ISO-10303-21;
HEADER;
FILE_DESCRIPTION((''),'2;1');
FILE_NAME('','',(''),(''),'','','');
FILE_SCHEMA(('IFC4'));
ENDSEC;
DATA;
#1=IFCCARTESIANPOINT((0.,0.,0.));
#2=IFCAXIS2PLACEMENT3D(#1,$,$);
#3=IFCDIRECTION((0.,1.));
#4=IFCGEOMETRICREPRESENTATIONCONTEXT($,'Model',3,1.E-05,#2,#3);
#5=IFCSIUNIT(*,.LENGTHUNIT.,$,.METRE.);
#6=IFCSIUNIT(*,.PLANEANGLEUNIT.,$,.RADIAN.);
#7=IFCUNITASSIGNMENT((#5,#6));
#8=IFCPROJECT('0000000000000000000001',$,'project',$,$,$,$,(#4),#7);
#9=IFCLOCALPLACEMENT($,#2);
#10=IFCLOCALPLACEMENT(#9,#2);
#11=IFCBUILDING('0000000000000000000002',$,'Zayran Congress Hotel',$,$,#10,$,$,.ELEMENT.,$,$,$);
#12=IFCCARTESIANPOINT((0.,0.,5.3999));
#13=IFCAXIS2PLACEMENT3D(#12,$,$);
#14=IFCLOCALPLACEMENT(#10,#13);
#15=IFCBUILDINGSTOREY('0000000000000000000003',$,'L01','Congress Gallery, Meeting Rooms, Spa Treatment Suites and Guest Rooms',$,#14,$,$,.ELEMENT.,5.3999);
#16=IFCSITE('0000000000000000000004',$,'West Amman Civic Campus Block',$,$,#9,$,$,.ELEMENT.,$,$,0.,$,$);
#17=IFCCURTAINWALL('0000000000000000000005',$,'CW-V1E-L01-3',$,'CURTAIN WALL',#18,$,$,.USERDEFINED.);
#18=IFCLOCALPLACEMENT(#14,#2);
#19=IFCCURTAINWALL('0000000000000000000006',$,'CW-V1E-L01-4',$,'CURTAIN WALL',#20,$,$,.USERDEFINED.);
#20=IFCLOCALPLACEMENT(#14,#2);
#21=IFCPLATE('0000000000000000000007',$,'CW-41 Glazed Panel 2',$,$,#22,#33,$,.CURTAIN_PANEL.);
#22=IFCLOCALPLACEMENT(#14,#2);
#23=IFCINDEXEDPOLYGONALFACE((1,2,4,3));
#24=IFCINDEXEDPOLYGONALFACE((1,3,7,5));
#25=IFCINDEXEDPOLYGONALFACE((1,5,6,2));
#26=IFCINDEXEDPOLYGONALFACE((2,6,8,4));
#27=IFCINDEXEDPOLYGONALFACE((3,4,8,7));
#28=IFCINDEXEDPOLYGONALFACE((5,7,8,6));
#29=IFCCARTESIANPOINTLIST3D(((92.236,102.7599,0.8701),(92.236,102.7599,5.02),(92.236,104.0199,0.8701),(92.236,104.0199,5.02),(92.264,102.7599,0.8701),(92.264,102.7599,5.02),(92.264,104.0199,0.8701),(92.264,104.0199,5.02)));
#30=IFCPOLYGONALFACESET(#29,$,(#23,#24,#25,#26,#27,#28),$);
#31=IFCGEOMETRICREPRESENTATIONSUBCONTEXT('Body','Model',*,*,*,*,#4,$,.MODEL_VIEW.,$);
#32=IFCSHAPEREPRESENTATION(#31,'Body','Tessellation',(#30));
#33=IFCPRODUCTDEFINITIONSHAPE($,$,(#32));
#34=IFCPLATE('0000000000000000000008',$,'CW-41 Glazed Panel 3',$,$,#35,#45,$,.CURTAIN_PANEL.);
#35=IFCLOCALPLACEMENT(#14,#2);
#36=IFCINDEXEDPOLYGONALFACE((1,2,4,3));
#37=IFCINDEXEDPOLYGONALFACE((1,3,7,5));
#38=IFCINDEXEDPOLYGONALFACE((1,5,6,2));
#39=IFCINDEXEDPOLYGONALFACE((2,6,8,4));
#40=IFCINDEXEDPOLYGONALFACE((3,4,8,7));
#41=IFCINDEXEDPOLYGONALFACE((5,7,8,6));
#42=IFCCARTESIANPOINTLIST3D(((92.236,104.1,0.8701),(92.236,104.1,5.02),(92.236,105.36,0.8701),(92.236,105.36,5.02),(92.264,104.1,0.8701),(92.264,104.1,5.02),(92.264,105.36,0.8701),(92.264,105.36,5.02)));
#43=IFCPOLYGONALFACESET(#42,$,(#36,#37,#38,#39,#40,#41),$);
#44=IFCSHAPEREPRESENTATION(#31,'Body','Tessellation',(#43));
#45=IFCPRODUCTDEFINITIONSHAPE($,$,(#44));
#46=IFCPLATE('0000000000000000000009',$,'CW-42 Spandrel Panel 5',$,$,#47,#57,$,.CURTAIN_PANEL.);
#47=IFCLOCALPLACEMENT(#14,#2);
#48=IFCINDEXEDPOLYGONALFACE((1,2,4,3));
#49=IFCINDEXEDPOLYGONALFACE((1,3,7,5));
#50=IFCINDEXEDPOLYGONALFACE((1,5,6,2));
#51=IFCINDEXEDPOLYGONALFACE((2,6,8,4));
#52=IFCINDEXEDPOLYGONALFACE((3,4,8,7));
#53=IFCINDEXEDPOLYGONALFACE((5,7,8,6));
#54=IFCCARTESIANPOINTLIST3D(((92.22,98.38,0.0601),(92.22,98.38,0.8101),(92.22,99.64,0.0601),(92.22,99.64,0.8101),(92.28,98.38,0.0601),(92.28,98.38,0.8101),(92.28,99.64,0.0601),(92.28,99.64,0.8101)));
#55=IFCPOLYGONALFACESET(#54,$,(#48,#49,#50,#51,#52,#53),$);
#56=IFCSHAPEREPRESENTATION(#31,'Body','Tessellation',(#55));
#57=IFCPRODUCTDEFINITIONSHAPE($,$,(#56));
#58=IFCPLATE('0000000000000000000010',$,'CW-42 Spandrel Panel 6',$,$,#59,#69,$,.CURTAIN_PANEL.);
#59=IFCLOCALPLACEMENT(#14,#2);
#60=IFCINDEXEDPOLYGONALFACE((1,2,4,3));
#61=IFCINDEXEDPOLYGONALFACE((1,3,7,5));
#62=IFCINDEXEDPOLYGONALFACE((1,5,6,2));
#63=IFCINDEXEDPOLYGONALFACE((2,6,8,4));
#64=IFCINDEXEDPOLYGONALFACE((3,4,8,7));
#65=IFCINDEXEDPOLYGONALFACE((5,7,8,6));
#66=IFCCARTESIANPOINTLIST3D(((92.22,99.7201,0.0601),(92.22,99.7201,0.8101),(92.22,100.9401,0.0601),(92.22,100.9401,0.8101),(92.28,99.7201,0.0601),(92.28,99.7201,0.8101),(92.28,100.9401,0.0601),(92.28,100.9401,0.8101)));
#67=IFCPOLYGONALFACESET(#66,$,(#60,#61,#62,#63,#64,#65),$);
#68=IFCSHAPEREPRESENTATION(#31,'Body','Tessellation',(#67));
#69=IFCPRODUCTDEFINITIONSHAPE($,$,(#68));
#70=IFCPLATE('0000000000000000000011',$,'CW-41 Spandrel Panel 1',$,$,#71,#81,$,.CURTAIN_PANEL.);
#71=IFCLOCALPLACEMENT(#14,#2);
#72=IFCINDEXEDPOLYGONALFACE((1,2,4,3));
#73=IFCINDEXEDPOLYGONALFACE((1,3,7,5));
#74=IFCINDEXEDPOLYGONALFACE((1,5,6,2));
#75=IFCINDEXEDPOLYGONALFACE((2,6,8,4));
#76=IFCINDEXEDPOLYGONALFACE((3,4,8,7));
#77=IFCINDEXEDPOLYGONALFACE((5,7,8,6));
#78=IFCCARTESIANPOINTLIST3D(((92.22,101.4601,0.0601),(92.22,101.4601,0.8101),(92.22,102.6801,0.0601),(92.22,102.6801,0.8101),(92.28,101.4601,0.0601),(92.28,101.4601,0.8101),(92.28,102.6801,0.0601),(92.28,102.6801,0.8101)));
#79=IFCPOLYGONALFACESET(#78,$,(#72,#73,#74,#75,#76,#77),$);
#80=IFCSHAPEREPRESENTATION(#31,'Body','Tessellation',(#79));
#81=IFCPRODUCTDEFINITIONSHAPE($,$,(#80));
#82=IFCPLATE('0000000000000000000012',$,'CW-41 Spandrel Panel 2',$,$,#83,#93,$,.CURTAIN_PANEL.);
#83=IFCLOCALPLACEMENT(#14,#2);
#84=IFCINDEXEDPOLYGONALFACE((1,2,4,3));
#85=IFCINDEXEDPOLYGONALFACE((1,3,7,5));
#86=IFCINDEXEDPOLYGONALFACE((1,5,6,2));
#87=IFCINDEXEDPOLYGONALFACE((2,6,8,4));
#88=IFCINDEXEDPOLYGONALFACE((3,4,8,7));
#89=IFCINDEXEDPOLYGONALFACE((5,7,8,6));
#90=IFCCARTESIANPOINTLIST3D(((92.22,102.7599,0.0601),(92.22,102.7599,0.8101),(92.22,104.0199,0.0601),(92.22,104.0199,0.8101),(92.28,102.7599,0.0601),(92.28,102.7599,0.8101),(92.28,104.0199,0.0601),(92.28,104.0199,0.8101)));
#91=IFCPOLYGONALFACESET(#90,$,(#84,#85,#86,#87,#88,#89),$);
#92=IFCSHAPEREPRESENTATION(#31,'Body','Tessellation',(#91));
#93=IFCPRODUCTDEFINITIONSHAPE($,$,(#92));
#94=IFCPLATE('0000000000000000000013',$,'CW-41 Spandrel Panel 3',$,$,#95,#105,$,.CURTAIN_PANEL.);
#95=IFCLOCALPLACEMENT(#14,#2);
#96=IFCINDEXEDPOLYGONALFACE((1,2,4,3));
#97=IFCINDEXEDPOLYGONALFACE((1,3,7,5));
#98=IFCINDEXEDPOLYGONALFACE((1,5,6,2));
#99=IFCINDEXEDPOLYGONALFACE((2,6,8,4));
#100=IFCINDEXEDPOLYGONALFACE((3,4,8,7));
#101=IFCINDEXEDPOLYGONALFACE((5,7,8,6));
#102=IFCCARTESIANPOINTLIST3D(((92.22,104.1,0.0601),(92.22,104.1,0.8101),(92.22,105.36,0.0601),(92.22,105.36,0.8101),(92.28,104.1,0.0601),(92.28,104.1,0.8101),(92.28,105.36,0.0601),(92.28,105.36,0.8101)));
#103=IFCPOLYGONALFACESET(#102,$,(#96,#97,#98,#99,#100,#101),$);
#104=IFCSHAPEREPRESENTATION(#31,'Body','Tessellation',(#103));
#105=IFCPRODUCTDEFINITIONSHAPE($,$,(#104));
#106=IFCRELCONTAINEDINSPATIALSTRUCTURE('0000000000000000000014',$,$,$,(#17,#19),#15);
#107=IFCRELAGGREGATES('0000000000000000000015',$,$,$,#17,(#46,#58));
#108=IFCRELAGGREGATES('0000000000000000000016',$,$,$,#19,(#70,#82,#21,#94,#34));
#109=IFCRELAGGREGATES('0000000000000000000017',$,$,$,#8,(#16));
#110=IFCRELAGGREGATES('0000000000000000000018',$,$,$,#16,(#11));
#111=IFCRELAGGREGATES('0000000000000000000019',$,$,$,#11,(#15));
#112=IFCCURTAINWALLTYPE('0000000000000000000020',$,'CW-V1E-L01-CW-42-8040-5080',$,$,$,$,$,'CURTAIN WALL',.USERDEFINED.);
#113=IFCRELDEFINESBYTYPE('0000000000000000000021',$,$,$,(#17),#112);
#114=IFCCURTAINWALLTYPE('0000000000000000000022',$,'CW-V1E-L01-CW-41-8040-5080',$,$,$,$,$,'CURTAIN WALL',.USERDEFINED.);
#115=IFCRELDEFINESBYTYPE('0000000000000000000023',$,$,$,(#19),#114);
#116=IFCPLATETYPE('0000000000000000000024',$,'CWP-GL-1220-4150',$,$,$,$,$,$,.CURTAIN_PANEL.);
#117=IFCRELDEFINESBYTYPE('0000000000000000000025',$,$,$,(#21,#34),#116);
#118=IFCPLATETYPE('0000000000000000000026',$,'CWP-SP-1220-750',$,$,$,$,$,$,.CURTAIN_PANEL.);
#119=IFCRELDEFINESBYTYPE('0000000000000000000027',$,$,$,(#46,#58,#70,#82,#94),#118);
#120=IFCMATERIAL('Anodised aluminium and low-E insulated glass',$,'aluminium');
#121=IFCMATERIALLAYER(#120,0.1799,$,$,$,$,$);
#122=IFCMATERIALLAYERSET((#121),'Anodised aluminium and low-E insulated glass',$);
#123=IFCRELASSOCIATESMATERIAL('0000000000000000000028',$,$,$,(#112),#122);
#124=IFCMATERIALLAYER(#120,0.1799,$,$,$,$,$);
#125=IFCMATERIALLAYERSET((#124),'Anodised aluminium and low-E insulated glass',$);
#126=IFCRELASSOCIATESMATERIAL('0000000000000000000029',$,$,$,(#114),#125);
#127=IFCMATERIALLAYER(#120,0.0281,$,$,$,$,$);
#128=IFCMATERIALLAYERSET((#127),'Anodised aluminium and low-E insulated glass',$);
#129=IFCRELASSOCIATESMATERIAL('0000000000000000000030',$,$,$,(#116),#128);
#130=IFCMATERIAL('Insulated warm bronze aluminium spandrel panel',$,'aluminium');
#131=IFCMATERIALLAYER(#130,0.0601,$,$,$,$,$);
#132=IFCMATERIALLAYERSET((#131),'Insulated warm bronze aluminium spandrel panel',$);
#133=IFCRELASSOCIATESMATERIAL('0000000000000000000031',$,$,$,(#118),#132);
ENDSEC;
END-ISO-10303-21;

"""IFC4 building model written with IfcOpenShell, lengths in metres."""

from ifc_helpers import new_model, si_unit, direction, frame, origin, origin_2d, place, context, subcontext, project, spatial, rectangle, extrude, material, layer, layer_set, type_object, element, aggregate, save


model = new_model("IFC4")

# Units and contexts
model_context = context("Model", 3, precision=1e-05, world=origin(), true_north=direction((0.0, 1.0)))
body_context = subcontext(model_context, "Body", "Model", "MODEL_VIEW")
ifc_project = project(units=[si_unit("LENGTHUNIT", "METRE"), si_unit("PLANEANGLEUNIT", "RADIAN")], contexts=[model_context])

# Site, building, storey
site_placement = place(None, origin())
site = spatial("IfcSite", under=ifc_project, at=site_placement, Name="West Amman Civic Campus Block", CompositionType="ELEMENT", RefElevation=0.0)
building_placement = place(site_placement, origin())
building = spatial("IfcBuilding", under=site, at=building_placement, Name="Zayran Congress Hotel", CompositionType="ELEMENT")
storey_placement = place(building_placement, frame((0.0, 0.0, 5.3999)))
storey = spatial("IfcBuildingStorey", under=building, at=storey_placement, Name="L01", Description="Congress Gallery, Meeting Rooms, Spa Treatment Suites and Guest Rooms", CompositionType="ELEMENT", Elevation=5.3999)

# Curtain walls
ifc_material_1 = material(Name="Anodised aluminium and low-E insulated glass", Category="aluminium")
ifc_layer_1 = layer(ifc_material_1, 0.1799)
ifc_layer_set_1 = layer_set([ifc_layer_1], Name="Anodised aluminium and low-E insulated glass")
curtain_wall_type_1 = type_object("IfcCurtainWallType", Name="CW-V1E-L01-CW-42-8040-5080", ElementType="CURTAIN WALL", PredefinedType="USERDEFINED", material=ifc_layer_set_1)
curtain_wall_1_placement = place(storey_placement, origin())
curtain_wall_1 = element("IfcCurtainWall", 1, at=curtain_wall_1_placement, inside=storey, type_object=curtain_wall_type_1, Name="CW-V1E-L01-3", ObjectType="CURTAIN WALL", PredefinedType="USERDEFINED")
ifc_layer_2 = layer(ifc_material_1, 0.1799)
ifc_layer_set_2 = layer_set([ifc_layer_2], Name="Anodised aluminium and low-E insulated glass")
curtain_wall_type_2 = type_object("IfcCurtainWallType", Name="CW-V1E-L01-CW-41-8040-5080", ElementType="CURTAIN WALL", PredefinedType="USERDEFINED", material=ifc_layer_set_2)
curtain_wall_2_placement = place(storey_placement, origin())
curtain_wall_2 = element("IfcCurtainWall", 2, at=curtain_wall_2_placement, inside=storey, type_object=curtain_wall_type_2, Name="CW-V1E-L01-4", ObjectType="CURTAIN WALL", PredefinedType="USERDEFINED")

# Plates
ifc_layer_3 = layer(ifc_material_1, 0.0281)
ifc_layer_set_3 = layer_set([ifc_layer_3], Name="Anodised aluminium and low-E insulated glass")
plate_type_1 = type_object("IfcPlateType", Name="CWP-GL-1220-4150", PredefinedType="CURTAIN_PANEL", material=ifc_layer_set_3)
plate_1_placement = place(storey_placement, frame((92.25, 103.3899, 0.8701), z_axis=(0.0, 0.0, 1.0), x_axis=(0.0, 1.0, 0.0)))
plate_1 = element("IfcPlate", 3, at=plate_1_placement, type_object=plate_type_1, Name="CW-41 Glazed Panel 2", PredefinedType="CURTAIN_PANEL", context=body_context, shape_type="SweptSolid", body=[
    extrude(rectangle(XDim=1.26, YDim=0.0281, at=origin_2d()), origin(), (0.0, 0.0, 1.0), 4.1499),
])
plate_2_placement = place(storey_placement, frame((92.25, 104.73, 0.8701), z_axis=(0.0, 0.0, 1.0), x_axis=(0.0, 1.0, 0.0)))
plate_2 = element("IfcPlate", 4, at=plate_2_placement, type_object=plate_type_1, Name="CW-41 Glazed Panel 3", PredefinedType="CURTAIN_PANEL", context=body_context, shape_type="SweptSolid", body=[
    extrude(rectangle(XDim=1.26, YDim=0.0281, at=origin_2d()), origin(), (0.0, 0.0, 1.0), 4.1499),
])
ifc_material_2 = material(Name="Insulated warm bronze aluminium spandrel panel", Category="aluminium")
ifc_layer_4 = layer(ifc_material_2, 0.0601)
ifc_layer_set_4 = layer_set([ifc_layer_4], Name="Insulated warm bronze aluminium spandrel panel")
plate_type_2 = type_object("IfcPlateType", Name="CWP-SP-1220-750", PredefinedType="CURTAIN_PANEL", material=ifc_layer_set_4)
plate_3_placement = place(storey_placement, frame((92.25, 99.01, 0.0601), z_axis=(0.0, 0.0, 1.0), x_axis=(0.0, 1.0, 0.0)))
plate_3 = element("IfcPlate", 5, at=plate_3_placement, type_object=plate_type_2, Name="CW-42 Spandrel Panel 5", PredefinedType="CURTAIN_PANEL", context=body_context, shape_type="SweptSolid", body=[
    extrude(rectangle(XDim=1.26, YDim=0.0601, at=origin_2d()), origin(), (0.0, 0.0, 1.0), 0.75),
])
plate_4_placement = place(storey_placement, frame((92.25, 100.3301, 0.0601), z_axis=(0.0, 0.0, 1.0), x_axis=(0.0, 1.0, 0.0)))
plate_4 = element("IfcPlate", 6, at=plate_4_placement, type_object=plate_type_2, Name="CW-42 Spandrel Panel 6", PredefinedType="CURTAIN_PANEL", context=body_context, shape_type="SweptSolid", body=[
    extrude(rectangle(XDim=1.22, YDim=0.0601, at=origin_2d()), origin(), (0.0, 0.0, 1.0), 0.75),
])
aggregate(curtain_wall_1, [plate_3, plate_4])
plate_5_placement = place(storey_placement, frame((92.25, 102.0701, 0.0601), z_axis=(0.0, 0.0, 1.0), x_axis=(0.0, 1.0, 0.0)))
plate_5 = element("IfcPlate", 7, at=plate_5_placement, type_object=plate_type_2, Name="CW-41 Spandrel Panel 1", PredefinedType="CURTAIN_PANEL", context=body_context, shape_type="SweptSolid", body=[
    extrude(rectangle(XDim=1.22, YDim=0.0601, at=origin_2d()), origin(), (0.0, 0.0, 1.0), 0.75),
])
plate_6_placement = place(storey_placement, frame((92.25, 103.3899, 0.0601), z_axis=(0.0, 0.0, 1.0), x_axis=(0.0, 1.0, 0.0)))
plate_6 = element("IfcPlate", 8, at=plate_6_placement, type_object=plate_type_2, Name="CW-41 Spandrel Panel 2", PredefinedType="CURTAIN_PANEL", context=body_context, shape_type="SweptSolid", body=[
    extrude(rectangle(XDim=1.26, YDim=0.0601, at=origin_2d()), origin(), (0.0, 0.0, 1.0), 0.75),
])
plate_7_placement = place(storey_placement, frame((92.25, 104.73, 0.0601), z_axis=(0.0, 0.0, 1.0), x_axis=(0.0, 1.0, 0.0)))
plate_7 = element("IfcPlate", 9, at=plate_7_placement, type_object=plate_type_2, Name="CW-41 Spandrel Panel 3", PredefinedType="CURTAIN_PANEL", context=body_context, shape_type="SweptSolid", body=[
    extrude(rectangle(XDim=1.26, YDim=0.0601, at=origin_2d()), origin(), (0.0, 0.0, 1.0), 0.75),
])
aggregate(curtain_wall_2, [plate_5, plate_6, plate_1, plate_7, plate_2])

save(model, "model.ifc")
